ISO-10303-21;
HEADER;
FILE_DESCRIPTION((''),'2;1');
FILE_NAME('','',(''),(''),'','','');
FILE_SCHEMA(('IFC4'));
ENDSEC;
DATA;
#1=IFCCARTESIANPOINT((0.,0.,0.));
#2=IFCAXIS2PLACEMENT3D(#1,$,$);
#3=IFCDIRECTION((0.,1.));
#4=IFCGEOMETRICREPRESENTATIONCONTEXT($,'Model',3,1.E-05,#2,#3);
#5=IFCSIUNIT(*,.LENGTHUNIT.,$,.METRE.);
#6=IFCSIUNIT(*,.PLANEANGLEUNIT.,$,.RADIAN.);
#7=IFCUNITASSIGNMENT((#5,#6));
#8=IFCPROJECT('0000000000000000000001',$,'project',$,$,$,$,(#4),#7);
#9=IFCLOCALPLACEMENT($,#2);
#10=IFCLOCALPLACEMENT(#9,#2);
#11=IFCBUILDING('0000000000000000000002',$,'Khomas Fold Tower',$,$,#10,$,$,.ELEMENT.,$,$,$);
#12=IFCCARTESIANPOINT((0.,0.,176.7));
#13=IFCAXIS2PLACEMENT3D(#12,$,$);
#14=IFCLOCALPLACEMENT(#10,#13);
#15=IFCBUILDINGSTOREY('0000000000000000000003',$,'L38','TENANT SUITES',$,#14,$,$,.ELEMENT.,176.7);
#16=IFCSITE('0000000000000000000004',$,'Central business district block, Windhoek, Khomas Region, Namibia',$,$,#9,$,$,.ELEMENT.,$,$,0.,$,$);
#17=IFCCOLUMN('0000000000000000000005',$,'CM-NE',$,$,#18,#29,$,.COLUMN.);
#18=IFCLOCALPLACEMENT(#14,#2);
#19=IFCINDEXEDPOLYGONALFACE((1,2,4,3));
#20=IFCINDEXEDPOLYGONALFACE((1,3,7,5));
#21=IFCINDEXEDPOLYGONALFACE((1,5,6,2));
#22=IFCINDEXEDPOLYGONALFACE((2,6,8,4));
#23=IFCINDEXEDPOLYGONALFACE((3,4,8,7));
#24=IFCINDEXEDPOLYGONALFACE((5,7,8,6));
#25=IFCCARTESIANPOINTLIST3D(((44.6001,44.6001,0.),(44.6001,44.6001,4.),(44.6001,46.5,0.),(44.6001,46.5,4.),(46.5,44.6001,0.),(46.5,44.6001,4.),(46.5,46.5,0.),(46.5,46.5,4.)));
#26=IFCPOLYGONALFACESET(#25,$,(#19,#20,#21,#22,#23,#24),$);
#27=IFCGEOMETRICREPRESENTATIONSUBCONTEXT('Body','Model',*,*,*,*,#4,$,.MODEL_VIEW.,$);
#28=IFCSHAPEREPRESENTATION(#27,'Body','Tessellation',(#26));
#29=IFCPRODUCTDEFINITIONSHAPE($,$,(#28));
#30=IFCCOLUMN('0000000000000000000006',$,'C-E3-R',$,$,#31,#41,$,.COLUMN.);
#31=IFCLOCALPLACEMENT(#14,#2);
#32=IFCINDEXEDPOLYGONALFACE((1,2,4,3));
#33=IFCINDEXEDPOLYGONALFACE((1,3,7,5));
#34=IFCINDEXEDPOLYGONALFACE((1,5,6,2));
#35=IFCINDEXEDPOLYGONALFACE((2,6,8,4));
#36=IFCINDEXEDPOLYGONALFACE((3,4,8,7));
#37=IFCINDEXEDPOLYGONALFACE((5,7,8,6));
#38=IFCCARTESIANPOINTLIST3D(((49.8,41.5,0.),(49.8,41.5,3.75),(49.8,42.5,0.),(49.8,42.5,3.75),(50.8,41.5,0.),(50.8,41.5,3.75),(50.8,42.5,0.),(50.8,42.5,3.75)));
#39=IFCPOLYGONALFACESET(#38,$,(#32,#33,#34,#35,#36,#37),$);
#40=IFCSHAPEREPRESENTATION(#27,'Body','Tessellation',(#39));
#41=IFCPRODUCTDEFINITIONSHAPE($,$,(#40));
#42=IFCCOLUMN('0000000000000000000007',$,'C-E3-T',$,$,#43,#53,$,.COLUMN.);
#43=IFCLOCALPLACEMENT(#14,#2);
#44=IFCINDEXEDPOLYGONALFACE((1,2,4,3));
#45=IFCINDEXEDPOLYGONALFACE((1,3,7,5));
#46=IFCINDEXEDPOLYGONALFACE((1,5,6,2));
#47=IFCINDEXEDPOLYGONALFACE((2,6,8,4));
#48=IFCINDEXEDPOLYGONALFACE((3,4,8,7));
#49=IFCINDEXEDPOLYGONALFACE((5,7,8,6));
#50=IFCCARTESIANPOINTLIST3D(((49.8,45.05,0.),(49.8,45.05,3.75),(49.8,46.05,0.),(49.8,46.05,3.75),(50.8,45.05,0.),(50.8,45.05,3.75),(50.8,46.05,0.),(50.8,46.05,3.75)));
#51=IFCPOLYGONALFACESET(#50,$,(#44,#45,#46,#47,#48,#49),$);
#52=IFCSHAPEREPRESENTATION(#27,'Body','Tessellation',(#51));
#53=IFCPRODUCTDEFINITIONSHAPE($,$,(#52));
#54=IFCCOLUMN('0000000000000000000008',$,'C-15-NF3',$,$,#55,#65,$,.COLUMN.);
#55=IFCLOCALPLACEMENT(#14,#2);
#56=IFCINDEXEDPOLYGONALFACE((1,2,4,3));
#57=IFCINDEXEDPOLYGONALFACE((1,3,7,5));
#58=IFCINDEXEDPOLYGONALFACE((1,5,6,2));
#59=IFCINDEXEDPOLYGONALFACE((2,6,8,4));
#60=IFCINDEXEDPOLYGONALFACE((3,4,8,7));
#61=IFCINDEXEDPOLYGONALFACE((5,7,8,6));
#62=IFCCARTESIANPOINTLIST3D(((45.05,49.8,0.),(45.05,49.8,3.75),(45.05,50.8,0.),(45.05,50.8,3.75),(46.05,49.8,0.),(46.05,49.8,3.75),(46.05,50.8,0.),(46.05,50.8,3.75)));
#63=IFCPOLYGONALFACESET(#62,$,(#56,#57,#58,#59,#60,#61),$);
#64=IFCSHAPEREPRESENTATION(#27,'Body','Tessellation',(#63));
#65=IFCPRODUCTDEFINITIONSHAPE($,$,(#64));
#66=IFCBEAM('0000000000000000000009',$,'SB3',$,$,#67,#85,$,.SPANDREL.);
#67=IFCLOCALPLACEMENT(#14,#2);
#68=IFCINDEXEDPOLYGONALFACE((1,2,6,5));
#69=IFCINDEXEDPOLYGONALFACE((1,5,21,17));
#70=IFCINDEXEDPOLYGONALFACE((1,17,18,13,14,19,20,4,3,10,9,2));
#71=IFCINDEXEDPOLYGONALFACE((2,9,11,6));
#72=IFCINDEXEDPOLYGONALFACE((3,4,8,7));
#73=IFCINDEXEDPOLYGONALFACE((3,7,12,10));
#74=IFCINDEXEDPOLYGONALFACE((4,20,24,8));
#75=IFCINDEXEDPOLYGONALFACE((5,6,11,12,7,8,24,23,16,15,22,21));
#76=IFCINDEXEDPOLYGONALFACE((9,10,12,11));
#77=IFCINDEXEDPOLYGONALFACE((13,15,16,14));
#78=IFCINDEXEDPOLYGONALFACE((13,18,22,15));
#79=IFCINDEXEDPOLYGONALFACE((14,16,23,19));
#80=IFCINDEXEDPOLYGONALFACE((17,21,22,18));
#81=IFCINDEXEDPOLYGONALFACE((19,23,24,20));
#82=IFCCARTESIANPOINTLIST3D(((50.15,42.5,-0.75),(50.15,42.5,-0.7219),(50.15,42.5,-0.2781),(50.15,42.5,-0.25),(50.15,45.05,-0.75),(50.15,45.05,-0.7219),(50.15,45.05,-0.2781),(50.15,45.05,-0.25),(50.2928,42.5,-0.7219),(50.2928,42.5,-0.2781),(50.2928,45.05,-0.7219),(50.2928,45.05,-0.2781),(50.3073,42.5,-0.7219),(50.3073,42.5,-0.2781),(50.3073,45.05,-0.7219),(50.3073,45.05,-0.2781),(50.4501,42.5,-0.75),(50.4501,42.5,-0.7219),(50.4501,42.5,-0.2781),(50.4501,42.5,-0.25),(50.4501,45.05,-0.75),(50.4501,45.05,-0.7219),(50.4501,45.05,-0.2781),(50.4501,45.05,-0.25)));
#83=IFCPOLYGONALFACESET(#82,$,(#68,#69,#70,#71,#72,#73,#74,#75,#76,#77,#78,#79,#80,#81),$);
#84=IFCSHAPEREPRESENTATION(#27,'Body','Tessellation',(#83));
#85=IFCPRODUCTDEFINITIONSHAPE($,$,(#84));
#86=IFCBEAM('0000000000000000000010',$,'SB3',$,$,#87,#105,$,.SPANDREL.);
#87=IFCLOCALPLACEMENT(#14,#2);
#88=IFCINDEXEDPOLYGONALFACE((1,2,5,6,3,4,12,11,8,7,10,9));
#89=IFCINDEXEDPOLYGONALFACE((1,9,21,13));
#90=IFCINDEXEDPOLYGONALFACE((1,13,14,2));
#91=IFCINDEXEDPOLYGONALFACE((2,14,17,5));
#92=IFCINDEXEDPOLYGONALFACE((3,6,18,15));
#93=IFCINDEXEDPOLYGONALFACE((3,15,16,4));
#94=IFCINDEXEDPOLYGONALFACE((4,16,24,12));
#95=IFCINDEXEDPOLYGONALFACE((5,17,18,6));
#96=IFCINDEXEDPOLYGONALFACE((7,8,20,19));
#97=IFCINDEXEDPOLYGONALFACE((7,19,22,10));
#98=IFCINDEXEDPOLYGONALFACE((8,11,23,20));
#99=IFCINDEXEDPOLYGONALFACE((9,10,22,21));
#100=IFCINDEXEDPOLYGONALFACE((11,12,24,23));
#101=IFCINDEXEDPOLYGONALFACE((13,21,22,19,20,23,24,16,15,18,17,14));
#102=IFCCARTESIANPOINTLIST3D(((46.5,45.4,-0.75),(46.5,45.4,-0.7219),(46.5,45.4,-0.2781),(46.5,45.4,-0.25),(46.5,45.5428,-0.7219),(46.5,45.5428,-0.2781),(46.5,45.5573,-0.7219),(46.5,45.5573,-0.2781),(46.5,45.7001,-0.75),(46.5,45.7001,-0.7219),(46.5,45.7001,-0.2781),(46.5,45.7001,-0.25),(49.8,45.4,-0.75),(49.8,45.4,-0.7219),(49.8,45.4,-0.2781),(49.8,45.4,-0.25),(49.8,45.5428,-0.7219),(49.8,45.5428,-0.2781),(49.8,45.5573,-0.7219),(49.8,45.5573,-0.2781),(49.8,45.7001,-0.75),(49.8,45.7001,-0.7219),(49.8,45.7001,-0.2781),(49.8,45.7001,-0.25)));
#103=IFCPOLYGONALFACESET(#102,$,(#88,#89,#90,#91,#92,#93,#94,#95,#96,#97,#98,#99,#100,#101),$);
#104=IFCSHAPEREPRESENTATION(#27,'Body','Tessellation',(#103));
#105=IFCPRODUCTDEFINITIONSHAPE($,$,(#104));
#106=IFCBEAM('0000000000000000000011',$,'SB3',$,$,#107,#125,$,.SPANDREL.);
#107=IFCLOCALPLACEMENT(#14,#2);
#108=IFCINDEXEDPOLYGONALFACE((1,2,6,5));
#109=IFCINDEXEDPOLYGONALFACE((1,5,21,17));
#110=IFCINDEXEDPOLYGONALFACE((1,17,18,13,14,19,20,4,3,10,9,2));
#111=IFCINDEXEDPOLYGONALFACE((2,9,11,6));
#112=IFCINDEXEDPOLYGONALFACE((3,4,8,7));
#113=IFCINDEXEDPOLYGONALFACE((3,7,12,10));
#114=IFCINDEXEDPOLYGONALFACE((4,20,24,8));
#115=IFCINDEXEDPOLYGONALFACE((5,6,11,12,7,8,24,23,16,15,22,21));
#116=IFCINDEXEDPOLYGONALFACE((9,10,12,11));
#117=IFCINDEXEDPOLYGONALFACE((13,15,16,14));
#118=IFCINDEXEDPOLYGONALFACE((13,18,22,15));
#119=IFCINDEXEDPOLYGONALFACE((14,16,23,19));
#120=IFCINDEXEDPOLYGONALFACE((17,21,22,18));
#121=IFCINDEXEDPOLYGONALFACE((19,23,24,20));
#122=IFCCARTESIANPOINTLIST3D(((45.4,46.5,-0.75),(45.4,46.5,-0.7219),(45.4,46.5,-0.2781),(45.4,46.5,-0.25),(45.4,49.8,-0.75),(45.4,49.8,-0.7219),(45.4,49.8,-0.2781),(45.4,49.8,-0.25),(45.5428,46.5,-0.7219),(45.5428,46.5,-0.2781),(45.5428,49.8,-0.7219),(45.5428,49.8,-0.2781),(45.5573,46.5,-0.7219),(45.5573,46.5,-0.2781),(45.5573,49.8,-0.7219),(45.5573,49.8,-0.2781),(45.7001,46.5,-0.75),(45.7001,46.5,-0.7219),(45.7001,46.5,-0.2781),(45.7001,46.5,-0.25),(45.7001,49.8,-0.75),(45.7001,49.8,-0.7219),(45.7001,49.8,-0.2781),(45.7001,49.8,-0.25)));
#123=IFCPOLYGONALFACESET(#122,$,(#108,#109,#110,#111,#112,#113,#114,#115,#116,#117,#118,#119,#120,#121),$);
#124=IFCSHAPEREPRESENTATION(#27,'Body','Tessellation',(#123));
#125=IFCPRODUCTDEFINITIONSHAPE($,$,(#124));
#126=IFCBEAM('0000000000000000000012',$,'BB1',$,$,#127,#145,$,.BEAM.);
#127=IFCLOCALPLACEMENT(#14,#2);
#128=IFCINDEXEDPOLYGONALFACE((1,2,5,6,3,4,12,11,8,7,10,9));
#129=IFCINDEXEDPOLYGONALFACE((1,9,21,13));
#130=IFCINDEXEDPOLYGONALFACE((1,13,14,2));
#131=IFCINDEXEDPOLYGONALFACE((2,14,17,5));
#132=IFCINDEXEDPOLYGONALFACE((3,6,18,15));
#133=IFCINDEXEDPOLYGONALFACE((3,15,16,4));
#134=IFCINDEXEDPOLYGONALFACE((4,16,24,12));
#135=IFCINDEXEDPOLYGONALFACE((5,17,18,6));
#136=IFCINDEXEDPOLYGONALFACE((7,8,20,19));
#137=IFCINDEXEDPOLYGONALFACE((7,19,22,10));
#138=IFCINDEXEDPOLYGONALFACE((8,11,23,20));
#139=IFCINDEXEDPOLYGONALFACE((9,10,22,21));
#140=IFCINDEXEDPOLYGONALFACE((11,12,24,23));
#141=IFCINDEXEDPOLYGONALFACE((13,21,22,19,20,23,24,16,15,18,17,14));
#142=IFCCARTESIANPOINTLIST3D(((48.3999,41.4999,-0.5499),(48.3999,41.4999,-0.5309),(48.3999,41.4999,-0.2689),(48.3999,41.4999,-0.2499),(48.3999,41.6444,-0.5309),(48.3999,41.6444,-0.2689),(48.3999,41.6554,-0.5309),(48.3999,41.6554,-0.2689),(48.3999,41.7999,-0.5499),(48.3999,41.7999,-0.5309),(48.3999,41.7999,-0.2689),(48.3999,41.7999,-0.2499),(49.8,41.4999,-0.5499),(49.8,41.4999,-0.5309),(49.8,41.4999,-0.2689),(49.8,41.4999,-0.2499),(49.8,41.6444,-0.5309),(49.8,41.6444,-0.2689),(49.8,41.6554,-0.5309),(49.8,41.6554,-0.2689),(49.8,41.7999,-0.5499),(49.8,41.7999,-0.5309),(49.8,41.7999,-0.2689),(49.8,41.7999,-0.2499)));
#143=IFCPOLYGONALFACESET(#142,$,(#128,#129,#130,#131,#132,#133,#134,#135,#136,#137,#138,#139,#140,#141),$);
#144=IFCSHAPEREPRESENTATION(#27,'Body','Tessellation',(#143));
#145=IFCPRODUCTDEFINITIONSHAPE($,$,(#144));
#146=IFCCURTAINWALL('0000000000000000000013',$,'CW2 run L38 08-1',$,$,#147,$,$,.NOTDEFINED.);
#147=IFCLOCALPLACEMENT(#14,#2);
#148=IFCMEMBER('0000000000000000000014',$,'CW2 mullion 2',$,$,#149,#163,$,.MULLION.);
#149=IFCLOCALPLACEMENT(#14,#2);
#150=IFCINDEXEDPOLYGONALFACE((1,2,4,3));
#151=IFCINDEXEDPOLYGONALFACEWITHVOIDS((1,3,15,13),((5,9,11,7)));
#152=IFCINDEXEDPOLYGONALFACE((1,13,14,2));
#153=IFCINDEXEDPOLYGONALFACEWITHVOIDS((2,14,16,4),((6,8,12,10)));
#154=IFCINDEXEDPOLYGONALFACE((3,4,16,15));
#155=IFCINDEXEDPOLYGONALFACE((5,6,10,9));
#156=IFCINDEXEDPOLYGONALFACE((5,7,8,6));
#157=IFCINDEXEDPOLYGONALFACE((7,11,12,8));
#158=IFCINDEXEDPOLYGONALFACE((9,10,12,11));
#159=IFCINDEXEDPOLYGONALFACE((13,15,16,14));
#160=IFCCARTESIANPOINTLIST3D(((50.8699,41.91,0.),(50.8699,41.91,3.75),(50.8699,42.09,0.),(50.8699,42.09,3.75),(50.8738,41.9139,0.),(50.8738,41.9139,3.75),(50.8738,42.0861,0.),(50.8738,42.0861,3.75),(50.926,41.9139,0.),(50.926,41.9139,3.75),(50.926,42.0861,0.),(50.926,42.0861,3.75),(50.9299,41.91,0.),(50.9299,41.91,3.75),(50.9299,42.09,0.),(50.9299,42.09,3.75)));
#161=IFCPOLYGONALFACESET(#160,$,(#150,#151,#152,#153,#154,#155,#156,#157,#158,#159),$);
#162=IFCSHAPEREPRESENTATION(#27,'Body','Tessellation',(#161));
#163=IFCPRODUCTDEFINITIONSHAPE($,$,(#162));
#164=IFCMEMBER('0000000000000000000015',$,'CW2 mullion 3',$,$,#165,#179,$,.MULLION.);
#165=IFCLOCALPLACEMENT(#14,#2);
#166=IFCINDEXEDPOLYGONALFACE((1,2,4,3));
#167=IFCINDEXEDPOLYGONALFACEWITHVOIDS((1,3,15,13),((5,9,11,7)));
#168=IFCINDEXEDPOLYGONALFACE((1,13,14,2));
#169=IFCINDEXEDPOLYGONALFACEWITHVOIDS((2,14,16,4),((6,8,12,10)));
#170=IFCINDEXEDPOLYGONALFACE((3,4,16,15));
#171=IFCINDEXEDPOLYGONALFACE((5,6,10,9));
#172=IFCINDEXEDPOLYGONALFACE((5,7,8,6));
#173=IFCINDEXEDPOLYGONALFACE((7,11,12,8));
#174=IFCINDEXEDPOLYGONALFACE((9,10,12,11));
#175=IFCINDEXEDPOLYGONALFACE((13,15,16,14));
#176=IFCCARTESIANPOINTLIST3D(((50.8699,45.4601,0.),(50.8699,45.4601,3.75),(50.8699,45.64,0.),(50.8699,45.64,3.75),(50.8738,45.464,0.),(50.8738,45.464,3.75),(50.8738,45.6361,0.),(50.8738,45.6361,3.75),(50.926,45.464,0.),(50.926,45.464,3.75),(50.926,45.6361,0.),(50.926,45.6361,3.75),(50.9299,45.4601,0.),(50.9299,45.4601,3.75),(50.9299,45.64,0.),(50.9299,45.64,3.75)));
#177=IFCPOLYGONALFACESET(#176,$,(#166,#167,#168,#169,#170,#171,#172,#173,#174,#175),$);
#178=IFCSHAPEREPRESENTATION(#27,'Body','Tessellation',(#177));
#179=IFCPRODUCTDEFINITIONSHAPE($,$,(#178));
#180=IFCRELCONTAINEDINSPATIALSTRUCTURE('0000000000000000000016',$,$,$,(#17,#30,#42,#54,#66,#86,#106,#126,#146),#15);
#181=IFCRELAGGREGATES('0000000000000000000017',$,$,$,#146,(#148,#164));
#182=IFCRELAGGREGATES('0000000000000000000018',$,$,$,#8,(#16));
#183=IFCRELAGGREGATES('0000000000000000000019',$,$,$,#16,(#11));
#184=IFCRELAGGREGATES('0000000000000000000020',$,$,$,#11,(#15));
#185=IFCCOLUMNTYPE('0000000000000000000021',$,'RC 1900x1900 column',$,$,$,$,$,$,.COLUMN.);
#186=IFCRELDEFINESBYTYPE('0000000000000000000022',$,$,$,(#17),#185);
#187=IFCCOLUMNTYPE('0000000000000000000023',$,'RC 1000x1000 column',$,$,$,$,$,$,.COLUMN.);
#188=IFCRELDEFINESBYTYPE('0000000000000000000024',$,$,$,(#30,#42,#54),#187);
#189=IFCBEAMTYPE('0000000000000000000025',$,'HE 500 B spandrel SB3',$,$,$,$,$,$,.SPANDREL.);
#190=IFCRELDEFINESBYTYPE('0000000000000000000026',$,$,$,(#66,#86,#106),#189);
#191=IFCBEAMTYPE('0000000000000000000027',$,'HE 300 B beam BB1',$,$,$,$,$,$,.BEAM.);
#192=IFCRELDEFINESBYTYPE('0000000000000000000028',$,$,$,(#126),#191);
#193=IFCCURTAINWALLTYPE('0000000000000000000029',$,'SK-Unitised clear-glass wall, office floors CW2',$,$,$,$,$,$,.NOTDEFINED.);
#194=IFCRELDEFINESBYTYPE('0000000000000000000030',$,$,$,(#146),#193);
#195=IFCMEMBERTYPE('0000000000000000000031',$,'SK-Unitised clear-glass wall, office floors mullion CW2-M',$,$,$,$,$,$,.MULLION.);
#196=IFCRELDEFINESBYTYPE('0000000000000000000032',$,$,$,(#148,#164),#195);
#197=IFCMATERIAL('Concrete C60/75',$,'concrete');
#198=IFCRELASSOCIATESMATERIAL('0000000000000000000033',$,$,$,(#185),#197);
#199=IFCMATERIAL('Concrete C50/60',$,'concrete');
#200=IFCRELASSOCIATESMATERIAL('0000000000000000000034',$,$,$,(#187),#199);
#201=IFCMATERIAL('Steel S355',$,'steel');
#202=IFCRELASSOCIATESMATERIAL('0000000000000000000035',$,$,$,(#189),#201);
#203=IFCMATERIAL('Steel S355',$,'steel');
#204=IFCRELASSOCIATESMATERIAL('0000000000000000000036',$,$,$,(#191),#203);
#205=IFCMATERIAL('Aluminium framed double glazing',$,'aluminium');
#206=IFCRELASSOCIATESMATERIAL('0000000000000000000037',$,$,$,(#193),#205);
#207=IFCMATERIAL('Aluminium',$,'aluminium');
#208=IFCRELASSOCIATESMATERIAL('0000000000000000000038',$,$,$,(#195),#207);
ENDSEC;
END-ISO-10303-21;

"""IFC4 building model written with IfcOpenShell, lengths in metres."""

from ifc_helpers import new_model, si_unit, direction, frame, origin, origin_2d, place, context, subcontext, project, spatial, rectangle, hollow_rectangle, i_section, extrude, source, transform, mapped, material, material_profile, profile_set, type_object, element, aggregate, save


model = new_model("IFC4")

# Units and contexts
model_context = context("Model", 3, precision=1e-05, world=origin(), true_north=direction((0.0, 1.0)))
body_context = subcontext(model_context, "Body", "Model", "MODEL_VIEW")
ifc_project = project(units=[si_unit("LENGTHUNIT", "METRE"), si_unit("PLANEANGLEUNIT", "RADIAN")], contexts=[model_context])

# Site, building, storey
site_placement = place(None, origin())
site = spatial("IfcSite", under=ifc_project, at=site_placement, Name="Central business district block, Windhoek, Khomas Region, Namibia", CompositionType="ELEMENT", RefElevation=0.0)
building_placement = place(site_placement, origin())
building = spatial("IfcBuilding", under=site, at=building_placement, Name="Khomas Fold Tower", CompositionType="ELEMENT")
storey_placement = place(building_placement, frame((0.0, 0.0, 176.7)))
storey = spatial("IfcBuildingStorey", under=building, at=storey_placement, Name="L38", Description="TENANT SUITES", CompositionType="ELEMENT", Elevation=176.7)

# Columns
ifc_material_1 = material(Name="Concrete C60/75", Category="concrete")
ifc_material_profile_1 = material_profile(ifc_material_1, rectangle(XDim=1.8999, YDim=1.8999, at=origin_2d()), Name="RC 1900x1900")
ifc_profile_set_1 = profile_set([ifc_material_profile_1], Name="Concrete C60/75")
column_type_1 = type_object("IfcColumnType", Name="RC 1900x1900 column", PredefinedType="COLUMN", material=ifc_profile_set_1)
shared_shape_1 = source(origin(), body_context, "Body", "SweptSolid", [
    extrude(rectangle(XDim=1.8999, YDim=1.8999, at=origin_2d()), origin(), (0.0, 0.0, 1.0), 4.0),
])
column_placement = place(storey_placement, frame((45.55, 45.55, 0.0), z_axis=(0.0, 0.0, 1.0), x_axis=(1.0, 0.0, 0.0)))
element("IfcColumn", 1, at=column_placement, inside=storey, type_object=column_type_1, Name="CM-NE", PredefinedType="COLUMN", context=body_context, shape_type="MappedRepresentation", body=[
    mapped(shared_shape_1, transform((0.0, 0.0, 0.0))),
])
ifc_material_2 = material(Name="Concrete C50/60", Category="concrete")
ifc_material_profile_2 = material_profile(ifc_material_2, rectangle(XDim=1.0, YDim=1.0, at=origin_2d()), Name="RC 1000x1000")
ifc_profile_set_2 = profile_set([ifc_material_profile_2], Name="Concrete C50/60")
column_type_2 = type_object("IfcColumnType", Name="RC 1000x1000 column", PredefinedType="COLUMN", material=ifc_profile_set_2)
shared_shape_2 = source(origin(), body_context, "Body", "SweptSolid", [
    extrude(rectangle(XDim=1.0, YDim=1.0, at=origin_2d()), origin(), (0.0, 0.0, 1.0), 3.75),
])
for number, where, z_axis, x_axis, name in (
    (2, (50.3, 42.0, 0.0), (0.0, 0.0, 1.0), (1.0, 0.0, 0.0), "C-E3-R"),
    (3, (50.3, 45.55, 0.0), (0.0, 0.0, 1.0), (1.0, 0.0, 0.0), "C-E3-T"),
    (4, (45.55, 50.3, 0.0), (0.0, 0.0, 1.0), (1.0, 0.0, 0.0), "C-15-NF3"),
):
    element("IfcColumn", number, at=place(storey_placement, frame(where, z_axis=z_axis, x_axis=x_axis)), inside=storey, type_object=column_type_2, Name=name, PredefinedType="COLUMN", context=body_context, shape_type="MappedRepresentation", body=[
        mapped(shared_shape_2, transform((0.0, 0.0, 0.0))),
    ])

# Beams
ifc_material_3 = material(Name="Steel S355", Category="steel")
ifc_material_profile_3 = material_profile(ifc_material_3, i_section(OverallWidth=0.3, OverallDepth=0.5, WebThickness=0.0144, FlangeThickness=0.0281, at=origin_2d()), Name="HE 500 B")
ifc_profile_set_3 = profile_set([ifc_material_profile_3], Name="Steel S355")
beam_type_1 = type_object("IfcBeamType", Name="HE 500 B spandrel SB3", PredefinedType="SPANDREL", material=ifc_profile_set_3)
shared_shape_3 = source(origin(), body_context, "Body", "SweptSolid", [
    extrude(i_section(OverallWidth=0.3, OverallDepth=0.5, WebThickness=0.0144, FlangeThickness=0.0281, at=origin_2d()), origin(), (0.0, 0.0, 1.0), 2.55),
])
beam_1_placement = place(storey_placement, frame((50.3, 42.5, -0.5), z_axis=(0.0, 1.0, 0.0), x_axis=(-1.0, 0.0, 0.0)))
element("IfcBeam", 5, at=beam_1_placement, inside=storey, type_object=beam_type_1, Name="SB3", PredefinedType="SPANDREL", context=body_context, shape_type="MappedRepresentation", body=[
    mapped(shared_shape_3, transform((0.0, 0.0, 0.0))),
])
shared_shape_4 = source(origin(), body_context, "Body", "SweptSolid", [
    extrude(i_section(OverallWidth=0.3, OverallDepth=0.5, WebThickness=0.0144, FlangeThickness=0.0281, at=origin_2d()), origin(), (0.0, 0.0, 1.0), 3.3),
])
for number, where, z_axis, x_axis, name in (
    (6, (46.5, 45.55, -0.5), (1.0, 0.0, 0.0), (0.0, 1.0, 0.0), "SB3"),
    (7, (45.55, 46.5, -0.5), (0.0, 1.0, 0.0), (-1.0, 0.0, 0.0), "SB3"),
):
    element("IfcBeam", number, at=place(storey_placement, frame(where, z_axis=z_axis, x_axis=x_axis)), inside=storey, type_object=beam_type_1, Name=name, PredefinedType="SPANDREL", context=body_context, shape_type="MappedRepresentation", body=[
        mapped(shared_shape_4, transform((0.0, 0.0, 0.0))),
    ])
ifc_material_4 = material(Name="Steel S355", Category="steel")
ifc_material_profile_4 = material_profile(ifc_material_4, i_section(OverallWidth=0.3, OverallDepth=0.3, WebThickness=0.011, FlangeThickness=0.019, at=origin_2d()), Name="HE 300 B")
ifc_profile_set_4 = profile_set([ifc_material_profile_4], Name="Steel S355")
beam_type_2 = type_object("IfcBeamType", Name="HE 300 B beam BB1", PredefinedType="BEAM", material=ifc_profile_set_4)
shared_shape_5 = source(origin(), body_context, "Body", "SweptSolid", [
    extrude(i_section(OverallWidth=0.3, OverallDepth=0.3, WebThickness=0.011, FlangeThickness=0.019, at=origin_2d()), origin(), (0.0, 0.0, 1.0), 1.4001),
])
beam_2_placement = place(storey_placement, frame((48.3999, 41.6499, -0.3999), z_axis=(1.0, 0.0, 0.0), x_axis=(0.0, 1.0, 0.0)))
element("IfcBeam", 8, at=beam_2_placement, inside=storey, type_object=beam_type_2, Name="BB1", PredefinedType="BEAM", context=body_context, shape_type="MappedRepresentation", body=[
    mapped(shared_shape_5, transform((0.0, 0.0, 0.0))),
])

# Curtain wall, members
ifc_material_5 = material(Name="Aluminium framed double glazing", Category="aluminium")
curtain_wall_type_1 = type_object("IfcCurtainWallType", Name="SK-Unitised clear-glass wall, office floors CW2", PredefinedType="NOTDEFINED", material=ifc_material_5)
curtain_wall_1_placement = place(storey_placement, origin())
curtain_wall_1 = element("IfcCurtainWall", 9, at=curtain_wall_1_placement, inside=storey, type_object=curtain_wall_type_1, Name="CW2 run L38 08-1", PredefinedType="NOTDEFINED")
ifc_material_6 = material(Name="Aluminium", Category="aluminium")
ifc_material_profile_5 = material_profile(ifc_material_6, hollow_rectangle(XDim=0.0601, YDim=0.1799, WallThickness=0.0039, at=origin_2d()), Name="SK-Unitised clear-glass wall, office floors mullion CW2-M")
ifc_profile_set_5 = profile_set([ifc_material_profile_5], Name="Aluminium")
member_type_1 = type_object("IfcMemberType", Name="SK-Unitised clear-glass wall, office floors mullion CW2-M", PredefinedType="MULLION", material=ifc_profile_set_5)
shared_shape_6 = source(origin(), body_context, "Body", "SweptSolid", [
    extrude(hollow_rectangle(XDim=0.0601, YDim=0.1799, WallThickness=0.0039, at=origin_2d()), origin(), (0.0, 0.0, 1.0), 3.75),
])
member_1_placement = place(storey_placement, frame((50.8999, 42.0, 0.0), z_axis=(0.0, 0.0, 1.0), x_axis=(-1.0, 0.0, 0.0)))
member_1 = element("IfcMember", 10, at=member_1_placement, type_object=member_type_1, Name="CW2 mullion 2", PredefinedType="MULLION", context=body_context, shape_type="MappedRepresentation", body=[
    mapped(shared_shape_6, transform((0.0, 0.0, 0.0))),
])
member_2_placement = place(storey_placement, frame((50.8999, 45.55, 0.0), z_axis=(0.0, 0.0, 1.0), x_axis=(-1.0, 0.0, 0.0)))
member_2 = element("IfcMember", 11, at=member_2_placement, type_object=member_type_1, Name="CW2 mullion 3", PredefinedType="MULLION", context=body_context, shape_type="MappedRepresentation", body=[
    mapped(shared_shape_6, transform((0.0, 0.0, 0.0))),
])

aggregate(curtain_wall_1, [member_1, member_2])

save(model, "model.ifc")
